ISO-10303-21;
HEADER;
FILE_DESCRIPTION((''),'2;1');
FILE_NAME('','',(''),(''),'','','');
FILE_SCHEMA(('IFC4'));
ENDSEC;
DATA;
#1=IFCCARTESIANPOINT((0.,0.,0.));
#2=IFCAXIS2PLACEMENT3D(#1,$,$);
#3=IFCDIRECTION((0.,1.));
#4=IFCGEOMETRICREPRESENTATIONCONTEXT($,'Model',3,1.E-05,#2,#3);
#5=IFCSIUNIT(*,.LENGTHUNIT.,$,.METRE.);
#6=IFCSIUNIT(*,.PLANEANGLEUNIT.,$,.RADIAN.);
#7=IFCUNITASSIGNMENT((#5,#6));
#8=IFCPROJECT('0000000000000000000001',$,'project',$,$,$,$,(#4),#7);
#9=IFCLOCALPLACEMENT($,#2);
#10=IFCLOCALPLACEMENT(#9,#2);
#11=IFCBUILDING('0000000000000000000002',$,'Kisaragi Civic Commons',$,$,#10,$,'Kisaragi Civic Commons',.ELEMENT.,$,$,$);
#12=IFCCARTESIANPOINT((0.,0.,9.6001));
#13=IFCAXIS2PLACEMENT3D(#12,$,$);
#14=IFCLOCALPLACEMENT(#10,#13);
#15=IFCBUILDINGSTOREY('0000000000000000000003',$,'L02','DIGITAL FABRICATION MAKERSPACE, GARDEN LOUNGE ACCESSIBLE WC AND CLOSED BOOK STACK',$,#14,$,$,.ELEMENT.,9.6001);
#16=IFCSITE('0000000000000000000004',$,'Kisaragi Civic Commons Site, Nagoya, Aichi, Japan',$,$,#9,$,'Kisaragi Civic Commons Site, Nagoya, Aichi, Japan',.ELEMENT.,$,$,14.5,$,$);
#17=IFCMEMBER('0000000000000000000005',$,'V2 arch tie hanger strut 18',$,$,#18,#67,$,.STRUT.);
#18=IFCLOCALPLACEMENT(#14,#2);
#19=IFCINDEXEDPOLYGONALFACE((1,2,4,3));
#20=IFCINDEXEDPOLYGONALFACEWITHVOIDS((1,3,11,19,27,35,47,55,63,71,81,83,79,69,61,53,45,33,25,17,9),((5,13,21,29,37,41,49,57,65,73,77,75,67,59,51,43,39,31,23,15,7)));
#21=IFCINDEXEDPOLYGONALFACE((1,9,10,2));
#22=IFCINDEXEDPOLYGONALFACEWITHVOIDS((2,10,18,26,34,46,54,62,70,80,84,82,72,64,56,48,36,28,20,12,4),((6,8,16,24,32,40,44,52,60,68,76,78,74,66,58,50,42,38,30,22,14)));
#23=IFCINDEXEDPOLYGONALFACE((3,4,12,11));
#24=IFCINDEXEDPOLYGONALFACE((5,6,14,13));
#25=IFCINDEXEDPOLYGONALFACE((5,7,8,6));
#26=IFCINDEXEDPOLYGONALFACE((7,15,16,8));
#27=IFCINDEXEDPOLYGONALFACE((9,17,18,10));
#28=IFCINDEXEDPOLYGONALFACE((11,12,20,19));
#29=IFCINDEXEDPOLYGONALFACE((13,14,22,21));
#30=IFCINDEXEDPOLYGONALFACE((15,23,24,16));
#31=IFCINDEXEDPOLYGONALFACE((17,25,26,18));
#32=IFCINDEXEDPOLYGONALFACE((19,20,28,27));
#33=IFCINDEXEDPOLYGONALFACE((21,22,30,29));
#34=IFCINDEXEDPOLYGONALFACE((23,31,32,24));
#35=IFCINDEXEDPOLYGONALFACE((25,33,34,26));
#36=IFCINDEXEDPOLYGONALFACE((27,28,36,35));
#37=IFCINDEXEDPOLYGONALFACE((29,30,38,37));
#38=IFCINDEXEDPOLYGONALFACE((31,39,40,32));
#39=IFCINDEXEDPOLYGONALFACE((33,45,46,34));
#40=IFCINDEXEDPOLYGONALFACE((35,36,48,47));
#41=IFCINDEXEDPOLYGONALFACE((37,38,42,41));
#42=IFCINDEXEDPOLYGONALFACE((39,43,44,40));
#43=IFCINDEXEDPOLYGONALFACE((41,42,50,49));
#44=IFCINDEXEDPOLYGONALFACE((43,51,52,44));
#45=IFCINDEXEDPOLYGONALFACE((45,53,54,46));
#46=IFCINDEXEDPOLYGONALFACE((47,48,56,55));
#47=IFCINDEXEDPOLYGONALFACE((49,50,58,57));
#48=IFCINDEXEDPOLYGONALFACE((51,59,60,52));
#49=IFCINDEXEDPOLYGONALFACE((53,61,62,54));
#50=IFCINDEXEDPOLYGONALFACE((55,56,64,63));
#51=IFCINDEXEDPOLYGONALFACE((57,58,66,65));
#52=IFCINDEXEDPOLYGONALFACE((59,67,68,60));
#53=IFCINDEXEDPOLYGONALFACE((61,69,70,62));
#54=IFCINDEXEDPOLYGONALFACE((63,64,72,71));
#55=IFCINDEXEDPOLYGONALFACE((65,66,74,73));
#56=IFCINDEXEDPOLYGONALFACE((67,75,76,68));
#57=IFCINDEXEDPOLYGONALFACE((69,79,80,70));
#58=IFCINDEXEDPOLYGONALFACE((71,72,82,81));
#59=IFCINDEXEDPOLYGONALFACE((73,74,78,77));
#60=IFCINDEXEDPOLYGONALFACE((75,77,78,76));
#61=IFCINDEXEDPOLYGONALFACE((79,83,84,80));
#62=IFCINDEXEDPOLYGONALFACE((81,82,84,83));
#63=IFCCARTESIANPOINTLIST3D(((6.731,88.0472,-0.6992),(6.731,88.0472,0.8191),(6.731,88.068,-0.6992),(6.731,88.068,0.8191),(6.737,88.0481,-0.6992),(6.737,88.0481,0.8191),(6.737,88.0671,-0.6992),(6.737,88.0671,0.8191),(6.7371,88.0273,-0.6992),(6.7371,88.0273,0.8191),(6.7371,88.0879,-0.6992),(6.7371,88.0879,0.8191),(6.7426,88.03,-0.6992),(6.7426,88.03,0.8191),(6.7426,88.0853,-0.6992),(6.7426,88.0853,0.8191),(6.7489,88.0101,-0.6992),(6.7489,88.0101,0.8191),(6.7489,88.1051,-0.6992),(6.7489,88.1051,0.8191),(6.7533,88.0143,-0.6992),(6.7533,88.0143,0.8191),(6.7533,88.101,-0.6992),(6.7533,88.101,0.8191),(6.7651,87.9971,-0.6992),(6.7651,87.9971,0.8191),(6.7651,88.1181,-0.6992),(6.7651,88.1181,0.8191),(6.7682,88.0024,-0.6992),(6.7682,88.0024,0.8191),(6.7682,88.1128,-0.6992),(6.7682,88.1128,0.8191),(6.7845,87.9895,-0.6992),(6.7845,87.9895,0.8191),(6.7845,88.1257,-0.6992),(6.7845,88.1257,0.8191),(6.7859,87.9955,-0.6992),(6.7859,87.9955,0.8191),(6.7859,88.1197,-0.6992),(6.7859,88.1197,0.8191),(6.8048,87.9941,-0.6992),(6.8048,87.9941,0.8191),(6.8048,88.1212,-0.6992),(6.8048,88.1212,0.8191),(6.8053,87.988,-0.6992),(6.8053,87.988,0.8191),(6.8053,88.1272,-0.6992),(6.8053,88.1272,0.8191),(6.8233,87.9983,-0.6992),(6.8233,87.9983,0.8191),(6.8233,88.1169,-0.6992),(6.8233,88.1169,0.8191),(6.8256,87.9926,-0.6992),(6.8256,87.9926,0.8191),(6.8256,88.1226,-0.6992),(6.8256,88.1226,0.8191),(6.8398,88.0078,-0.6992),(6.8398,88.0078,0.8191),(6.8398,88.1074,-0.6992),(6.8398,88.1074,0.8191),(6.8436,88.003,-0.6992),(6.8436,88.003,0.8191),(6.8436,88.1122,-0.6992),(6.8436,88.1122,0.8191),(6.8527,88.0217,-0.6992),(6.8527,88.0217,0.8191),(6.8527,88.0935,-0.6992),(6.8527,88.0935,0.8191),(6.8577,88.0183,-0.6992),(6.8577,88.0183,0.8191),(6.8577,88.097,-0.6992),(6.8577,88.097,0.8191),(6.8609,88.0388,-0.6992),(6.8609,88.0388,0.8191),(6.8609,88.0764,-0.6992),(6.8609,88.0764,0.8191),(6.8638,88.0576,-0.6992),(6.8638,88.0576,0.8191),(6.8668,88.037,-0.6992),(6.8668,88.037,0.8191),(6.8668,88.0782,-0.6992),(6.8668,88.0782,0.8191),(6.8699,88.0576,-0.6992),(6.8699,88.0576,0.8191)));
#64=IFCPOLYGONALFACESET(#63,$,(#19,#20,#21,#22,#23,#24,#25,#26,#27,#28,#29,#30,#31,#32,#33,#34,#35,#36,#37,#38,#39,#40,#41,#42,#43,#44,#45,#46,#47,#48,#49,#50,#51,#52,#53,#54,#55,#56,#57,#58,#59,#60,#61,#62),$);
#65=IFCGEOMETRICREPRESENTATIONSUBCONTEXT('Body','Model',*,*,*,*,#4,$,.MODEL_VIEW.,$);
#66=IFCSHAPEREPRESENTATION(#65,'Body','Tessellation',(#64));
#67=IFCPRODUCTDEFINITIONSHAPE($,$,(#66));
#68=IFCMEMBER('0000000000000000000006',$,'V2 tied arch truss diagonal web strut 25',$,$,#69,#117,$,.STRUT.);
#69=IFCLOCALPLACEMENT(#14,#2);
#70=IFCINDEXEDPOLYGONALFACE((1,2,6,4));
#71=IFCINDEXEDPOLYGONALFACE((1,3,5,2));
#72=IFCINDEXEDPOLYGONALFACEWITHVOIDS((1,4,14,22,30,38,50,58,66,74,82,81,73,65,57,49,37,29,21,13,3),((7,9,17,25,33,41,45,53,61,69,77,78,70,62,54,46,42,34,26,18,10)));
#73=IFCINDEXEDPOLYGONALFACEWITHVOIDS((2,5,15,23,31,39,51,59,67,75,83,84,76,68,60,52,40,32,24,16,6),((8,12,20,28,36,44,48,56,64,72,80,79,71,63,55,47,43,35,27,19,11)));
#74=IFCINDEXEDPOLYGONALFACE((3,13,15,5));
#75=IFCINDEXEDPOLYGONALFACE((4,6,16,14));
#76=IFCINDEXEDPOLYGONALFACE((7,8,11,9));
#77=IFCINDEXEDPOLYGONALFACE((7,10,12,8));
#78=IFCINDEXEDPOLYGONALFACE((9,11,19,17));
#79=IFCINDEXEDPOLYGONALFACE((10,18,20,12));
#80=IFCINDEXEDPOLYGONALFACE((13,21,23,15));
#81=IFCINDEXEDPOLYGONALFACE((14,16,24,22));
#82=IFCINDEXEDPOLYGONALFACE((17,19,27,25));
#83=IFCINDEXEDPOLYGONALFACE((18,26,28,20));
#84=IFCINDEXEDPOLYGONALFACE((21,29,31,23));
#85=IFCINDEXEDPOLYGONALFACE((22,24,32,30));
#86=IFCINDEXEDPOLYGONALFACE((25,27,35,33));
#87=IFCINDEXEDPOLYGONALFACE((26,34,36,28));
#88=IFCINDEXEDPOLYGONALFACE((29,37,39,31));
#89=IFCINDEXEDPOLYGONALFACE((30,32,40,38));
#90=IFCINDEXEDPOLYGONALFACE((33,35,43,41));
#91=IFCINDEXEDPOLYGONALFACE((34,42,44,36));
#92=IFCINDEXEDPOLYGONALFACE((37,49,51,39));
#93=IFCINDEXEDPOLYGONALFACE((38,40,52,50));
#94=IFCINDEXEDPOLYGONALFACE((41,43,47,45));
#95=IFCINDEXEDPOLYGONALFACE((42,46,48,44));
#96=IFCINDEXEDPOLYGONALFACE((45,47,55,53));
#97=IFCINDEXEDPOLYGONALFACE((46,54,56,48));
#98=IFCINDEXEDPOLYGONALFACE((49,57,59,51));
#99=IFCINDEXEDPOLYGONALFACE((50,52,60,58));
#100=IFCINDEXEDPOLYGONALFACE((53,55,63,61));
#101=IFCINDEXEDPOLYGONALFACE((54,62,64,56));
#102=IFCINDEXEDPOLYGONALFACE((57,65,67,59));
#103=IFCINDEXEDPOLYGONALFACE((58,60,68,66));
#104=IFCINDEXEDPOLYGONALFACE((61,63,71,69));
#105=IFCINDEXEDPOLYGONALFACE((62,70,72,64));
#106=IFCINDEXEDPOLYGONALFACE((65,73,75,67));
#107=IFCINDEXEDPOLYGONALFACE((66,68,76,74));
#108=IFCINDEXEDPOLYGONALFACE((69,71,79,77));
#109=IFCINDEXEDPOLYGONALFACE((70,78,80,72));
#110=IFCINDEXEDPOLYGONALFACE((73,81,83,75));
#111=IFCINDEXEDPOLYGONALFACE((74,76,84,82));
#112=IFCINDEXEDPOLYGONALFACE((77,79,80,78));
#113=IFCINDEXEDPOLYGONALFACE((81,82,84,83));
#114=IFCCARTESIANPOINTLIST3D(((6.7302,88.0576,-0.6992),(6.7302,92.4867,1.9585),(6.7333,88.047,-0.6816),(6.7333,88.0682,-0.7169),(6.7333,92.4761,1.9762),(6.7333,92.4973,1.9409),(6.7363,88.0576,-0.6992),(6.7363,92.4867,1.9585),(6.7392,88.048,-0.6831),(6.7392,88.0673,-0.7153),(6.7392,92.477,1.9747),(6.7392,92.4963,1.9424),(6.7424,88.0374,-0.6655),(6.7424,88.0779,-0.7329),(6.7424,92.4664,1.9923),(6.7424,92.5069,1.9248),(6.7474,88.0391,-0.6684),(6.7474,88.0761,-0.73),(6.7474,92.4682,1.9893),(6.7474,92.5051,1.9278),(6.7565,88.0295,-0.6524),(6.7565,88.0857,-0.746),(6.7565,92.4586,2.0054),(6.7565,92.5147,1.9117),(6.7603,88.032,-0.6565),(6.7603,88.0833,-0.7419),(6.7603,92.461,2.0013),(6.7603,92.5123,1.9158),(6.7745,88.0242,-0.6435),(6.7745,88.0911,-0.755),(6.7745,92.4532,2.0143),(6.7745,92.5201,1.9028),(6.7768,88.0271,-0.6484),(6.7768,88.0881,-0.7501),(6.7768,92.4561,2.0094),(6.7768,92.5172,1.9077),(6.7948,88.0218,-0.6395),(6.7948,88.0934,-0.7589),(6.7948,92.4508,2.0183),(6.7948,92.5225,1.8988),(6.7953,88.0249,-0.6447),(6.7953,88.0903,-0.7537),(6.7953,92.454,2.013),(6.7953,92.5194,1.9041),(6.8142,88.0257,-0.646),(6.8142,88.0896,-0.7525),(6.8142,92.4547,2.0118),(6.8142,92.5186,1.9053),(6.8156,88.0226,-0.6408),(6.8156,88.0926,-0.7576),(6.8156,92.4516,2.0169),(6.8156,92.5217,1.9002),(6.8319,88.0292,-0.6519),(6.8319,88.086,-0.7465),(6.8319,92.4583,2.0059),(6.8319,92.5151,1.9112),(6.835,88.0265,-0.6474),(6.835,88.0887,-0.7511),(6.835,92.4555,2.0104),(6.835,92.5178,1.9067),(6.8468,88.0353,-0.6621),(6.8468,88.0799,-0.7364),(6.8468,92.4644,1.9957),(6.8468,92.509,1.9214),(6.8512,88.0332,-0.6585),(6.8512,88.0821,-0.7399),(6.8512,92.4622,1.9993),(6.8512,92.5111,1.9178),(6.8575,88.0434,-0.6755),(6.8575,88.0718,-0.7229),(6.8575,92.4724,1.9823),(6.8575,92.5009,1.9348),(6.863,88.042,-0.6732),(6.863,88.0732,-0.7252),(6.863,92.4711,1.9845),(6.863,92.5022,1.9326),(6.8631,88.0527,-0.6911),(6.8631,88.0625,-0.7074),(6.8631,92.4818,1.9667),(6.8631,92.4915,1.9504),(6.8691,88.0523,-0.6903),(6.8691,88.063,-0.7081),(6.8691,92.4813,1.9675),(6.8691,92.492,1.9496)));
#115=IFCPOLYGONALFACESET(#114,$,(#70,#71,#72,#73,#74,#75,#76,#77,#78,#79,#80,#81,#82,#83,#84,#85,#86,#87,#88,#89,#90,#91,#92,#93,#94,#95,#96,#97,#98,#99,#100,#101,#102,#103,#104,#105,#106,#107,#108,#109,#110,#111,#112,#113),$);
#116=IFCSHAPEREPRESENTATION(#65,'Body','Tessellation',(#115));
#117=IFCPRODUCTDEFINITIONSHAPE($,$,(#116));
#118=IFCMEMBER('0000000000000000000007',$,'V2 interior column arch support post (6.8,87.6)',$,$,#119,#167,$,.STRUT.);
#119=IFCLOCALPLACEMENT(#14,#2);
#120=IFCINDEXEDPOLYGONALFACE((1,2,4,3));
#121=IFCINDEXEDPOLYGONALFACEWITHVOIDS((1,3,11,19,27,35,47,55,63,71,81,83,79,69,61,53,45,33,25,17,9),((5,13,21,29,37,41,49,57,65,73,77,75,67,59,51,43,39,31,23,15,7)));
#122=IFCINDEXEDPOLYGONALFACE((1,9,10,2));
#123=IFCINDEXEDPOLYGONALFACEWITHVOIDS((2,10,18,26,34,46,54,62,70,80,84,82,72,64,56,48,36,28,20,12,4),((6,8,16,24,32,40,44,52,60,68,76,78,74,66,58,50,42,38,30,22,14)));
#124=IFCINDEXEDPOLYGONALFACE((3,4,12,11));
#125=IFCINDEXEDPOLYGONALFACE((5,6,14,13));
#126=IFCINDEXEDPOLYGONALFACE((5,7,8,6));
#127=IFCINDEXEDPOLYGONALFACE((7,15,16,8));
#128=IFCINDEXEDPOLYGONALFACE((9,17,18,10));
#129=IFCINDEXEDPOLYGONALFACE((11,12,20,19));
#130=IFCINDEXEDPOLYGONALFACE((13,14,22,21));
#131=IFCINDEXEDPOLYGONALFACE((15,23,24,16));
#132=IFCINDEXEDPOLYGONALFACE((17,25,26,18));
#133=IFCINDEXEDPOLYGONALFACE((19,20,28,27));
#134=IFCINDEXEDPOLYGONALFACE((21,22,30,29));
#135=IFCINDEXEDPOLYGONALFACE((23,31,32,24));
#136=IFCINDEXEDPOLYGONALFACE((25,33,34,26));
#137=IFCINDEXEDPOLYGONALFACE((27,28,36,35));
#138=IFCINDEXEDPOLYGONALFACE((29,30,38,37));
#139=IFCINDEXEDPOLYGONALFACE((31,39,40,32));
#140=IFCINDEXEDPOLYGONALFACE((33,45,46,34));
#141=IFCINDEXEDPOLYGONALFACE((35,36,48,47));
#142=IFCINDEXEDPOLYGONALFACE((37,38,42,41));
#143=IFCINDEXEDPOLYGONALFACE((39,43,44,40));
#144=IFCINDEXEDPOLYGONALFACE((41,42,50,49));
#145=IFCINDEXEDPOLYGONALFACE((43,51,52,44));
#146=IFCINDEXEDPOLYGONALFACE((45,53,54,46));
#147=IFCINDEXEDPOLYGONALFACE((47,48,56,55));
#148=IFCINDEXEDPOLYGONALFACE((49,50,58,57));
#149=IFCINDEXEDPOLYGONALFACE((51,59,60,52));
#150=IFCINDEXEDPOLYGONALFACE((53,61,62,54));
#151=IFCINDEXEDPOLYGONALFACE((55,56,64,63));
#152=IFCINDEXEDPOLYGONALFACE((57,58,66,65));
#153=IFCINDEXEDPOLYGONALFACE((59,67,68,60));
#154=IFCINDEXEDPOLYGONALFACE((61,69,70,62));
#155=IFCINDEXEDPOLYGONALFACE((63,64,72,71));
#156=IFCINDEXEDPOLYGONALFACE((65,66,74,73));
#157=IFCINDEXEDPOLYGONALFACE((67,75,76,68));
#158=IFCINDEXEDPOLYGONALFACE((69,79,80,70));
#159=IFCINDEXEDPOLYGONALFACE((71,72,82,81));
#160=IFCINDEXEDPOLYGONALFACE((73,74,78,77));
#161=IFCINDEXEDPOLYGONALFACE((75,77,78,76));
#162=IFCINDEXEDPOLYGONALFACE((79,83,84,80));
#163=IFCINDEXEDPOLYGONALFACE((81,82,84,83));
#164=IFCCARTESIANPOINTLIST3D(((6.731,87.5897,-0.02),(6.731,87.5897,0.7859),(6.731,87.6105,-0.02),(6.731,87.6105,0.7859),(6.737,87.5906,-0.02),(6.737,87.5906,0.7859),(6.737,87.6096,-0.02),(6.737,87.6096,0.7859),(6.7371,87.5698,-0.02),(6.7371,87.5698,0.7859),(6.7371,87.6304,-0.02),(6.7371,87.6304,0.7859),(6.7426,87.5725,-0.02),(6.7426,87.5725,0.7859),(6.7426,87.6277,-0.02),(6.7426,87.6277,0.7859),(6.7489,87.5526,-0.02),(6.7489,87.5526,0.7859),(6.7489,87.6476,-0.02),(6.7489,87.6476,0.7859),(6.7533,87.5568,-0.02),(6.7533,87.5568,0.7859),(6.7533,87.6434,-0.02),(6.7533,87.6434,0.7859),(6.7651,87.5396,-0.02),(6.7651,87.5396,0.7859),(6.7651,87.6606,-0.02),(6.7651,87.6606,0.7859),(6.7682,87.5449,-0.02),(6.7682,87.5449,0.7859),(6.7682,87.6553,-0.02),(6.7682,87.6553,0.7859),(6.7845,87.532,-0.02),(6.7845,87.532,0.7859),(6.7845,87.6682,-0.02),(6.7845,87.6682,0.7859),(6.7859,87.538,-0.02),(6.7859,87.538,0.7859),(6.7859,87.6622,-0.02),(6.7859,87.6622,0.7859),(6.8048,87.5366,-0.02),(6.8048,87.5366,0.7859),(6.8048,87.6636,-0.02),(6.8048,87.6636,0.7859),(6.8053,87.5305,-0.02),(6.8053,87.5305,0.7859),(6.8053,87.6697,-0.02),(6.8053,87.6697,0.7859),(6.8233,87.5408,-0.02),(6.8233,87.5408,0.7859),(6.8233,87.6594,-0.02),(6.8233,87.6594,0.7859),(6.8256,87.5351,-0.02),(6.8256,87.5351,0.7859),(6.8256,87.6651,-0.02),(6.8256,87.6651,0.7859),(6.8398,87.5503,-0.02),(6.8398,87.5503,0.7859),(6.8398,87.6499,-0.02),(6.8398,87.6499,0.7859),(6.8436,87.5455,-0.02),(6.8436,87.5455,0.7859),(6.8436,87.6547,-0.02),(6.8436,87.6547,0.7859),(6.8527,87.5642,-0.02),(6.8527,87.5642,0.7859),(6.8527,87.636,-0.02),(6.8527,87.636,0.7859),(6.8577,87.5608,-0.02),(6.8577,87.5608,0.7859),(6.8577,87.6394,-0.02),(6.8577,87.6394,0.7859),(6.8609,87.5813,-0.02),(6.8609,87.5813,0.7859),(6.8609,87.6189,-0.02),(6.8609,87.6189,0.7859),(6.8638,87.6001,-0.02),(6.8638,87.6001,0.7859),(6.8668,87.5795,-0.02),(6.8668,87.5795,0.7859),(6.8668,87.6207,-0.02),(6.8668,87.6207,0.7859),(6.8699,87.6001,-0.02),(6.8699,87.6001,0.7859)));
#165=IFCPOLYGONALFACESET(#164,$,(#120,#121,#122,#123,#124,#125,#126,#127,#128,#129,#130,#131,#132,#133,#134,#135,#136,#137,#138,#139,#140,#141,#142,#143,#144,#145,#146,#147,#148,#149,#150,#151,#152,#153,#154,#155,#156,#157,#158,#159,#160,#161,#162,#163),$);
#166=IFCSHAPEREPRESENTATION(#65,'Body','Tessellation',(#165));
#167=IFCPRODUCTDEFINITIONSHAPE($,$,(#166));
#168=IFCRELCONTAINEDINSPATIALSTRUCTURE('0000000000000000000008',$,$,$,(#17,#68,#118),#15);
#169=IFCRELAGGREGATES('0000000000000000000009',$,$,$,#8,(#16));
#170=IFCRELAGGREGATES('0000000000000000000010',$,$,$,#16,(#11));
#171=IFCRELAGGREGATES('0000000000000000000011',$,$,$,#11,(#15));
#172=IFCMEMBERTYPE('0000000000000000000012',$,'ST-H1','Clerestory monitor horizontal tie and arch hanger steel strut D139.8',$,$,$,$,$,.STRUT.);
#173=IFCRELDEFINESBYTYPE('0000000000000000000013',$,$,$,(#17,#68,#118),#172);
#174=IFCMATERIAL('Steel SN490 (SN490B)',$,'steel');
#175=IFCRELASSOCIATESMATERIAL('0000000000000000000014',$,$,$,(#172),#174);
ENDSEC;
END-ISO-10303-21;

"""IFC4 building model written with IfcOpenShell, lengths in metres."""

from ifc_helpers import new_model, si_unit, direction, frame, origin, origin_2d, place, context, subcontext, project, spatial, hollow_circle, extrude, material, material_profile, profile_set, type_object, element, save


model = new_model("IFC4")

# Units and contexts
model_context = context("Model", 3, precision=1e-05, world=origin(), true_north=direction((0.0, 1.0)))
body_context = subcontext(model_context, "Body", "Model", "MODEL_VIEW")
ifc_project = project(units=[si_unit("LENGTHUNIT", "METRE"), si_unit("PLANEANGLEUNIT", "RADIAN")], contexts=[model_context])

# Site, building, storey
site_placement = place(None, origin())
site = spatial("IfcSite", under=ifc_project, at=site_placement, Name="Kisaragi Civic Commons Site, Nagoya, Aichi, Japan", LongName="Kisaragi Civic Commons Site, Nagoya, Aichi, Japan", CompositionType="ELEMENT", RefElevation=14.5)
building_placement = place(site_placement, origin())
building = spatial("IfcBuilding", under=site, at=building_placement, Name="Kisaragi Civic Commons", LongName="Kisaragi Civic Commons", CompositionType="ELEMENT")
storey_placement = place(building_placement, frame((0.0, 0.0, 9.6001)))
storey = spatial("IfcBuildingStorey", under=building, at=storey_placement, Name="L02", Description="DIGITAL FABRICATION MAKERSPACE, GARDEN LOUNGE ACCESSIBLE WC AND CLOSED BOOK STACK", CompositionType="ELEMENT", Elevation=9.6001)

# Members
ifc_material_1 = material(Name="Steel SN490 (SN490B)", Category="steel")
ifc_material_profile_1 = material_profile(ifc_material_1, hollow_circle(Radius=0.0698, WallThickness=0.0061, at=origin_2d()), Name="CHS-139.8x6.0", Category="steel")
ifc_profile_set_1 = profile_set([ifc_material_profile_1], Name="Steel SN490 (SN490B)")
member_type_1 = type_object("IfcMemberType", Name="ST-H1", Description="Clerestory monitor horizontal tie and arch hanger steel strut D139.8", PredefinedType="STRUT", material=ifc_profile_set_1)
member_1_placement = place(storey_placement, frame((6.8, 88.0576, -0.6992), z_axis=(0.0, 0.0, 1.0), x_axis=(1.0, 0.0, 0.0)))
element("IfcMember", 1, at=member_1_placement, inside=storey, type_object=member_type_1, Name="V2 arch tie hanger strut 18", PredefinedType="STRUT", context=body_context, shape_type="SweptSolid", body=[
    extrude(hollow_circle(Radius=0.0698, WallThickness=0.0061, at=origin_2d()), origin(), (0.0, 0.0, 1.0), 1.5183),
])
member_2_placement = place(storey_placement, frame((6.8, 88.0576, -0.6992), z_axis=(0.0, 0.857464, 0.514544), x_axis=(-1.0, 0.0, 0.0)))
element("IfcMember", 2, at=member_2_placement, inside=storey, type_object=member_type_1, Name="V2 tied arch truss diagonal web strut 25", PredefinedType="STRUT", context=body_context, shape_type="SweptSolid", body=[
    extrude(hollow_circle(Radius=0.0698, WallThickness=0.0061, at=origin_2d()), origin(), (0.0, 0.0, 1.0), 5.1653),
])
member_3_placement = place(storey_placement, frame((6.8, 87.6001, -0.02), z_axis=(0.0, 0.0, 1.0), x_axis=(1.0, 0.0, 0.0)))
element("IfcMember", 3, at=member_3_placement, inside=storey, type_object=member_type_1, Name="V2 interior column arch support post (6.8,87.6)", PredefinedType="STRUT", context=body_context, shape_type="SweptSolid", body=[
    extrude(hollow_circle(Radius=0.0698, WallThickness=0.0061, at=origin_2d()), origin(), (0.0, 0.0, 1.0), 0.8059),
])

save(model, "model.ifc")
